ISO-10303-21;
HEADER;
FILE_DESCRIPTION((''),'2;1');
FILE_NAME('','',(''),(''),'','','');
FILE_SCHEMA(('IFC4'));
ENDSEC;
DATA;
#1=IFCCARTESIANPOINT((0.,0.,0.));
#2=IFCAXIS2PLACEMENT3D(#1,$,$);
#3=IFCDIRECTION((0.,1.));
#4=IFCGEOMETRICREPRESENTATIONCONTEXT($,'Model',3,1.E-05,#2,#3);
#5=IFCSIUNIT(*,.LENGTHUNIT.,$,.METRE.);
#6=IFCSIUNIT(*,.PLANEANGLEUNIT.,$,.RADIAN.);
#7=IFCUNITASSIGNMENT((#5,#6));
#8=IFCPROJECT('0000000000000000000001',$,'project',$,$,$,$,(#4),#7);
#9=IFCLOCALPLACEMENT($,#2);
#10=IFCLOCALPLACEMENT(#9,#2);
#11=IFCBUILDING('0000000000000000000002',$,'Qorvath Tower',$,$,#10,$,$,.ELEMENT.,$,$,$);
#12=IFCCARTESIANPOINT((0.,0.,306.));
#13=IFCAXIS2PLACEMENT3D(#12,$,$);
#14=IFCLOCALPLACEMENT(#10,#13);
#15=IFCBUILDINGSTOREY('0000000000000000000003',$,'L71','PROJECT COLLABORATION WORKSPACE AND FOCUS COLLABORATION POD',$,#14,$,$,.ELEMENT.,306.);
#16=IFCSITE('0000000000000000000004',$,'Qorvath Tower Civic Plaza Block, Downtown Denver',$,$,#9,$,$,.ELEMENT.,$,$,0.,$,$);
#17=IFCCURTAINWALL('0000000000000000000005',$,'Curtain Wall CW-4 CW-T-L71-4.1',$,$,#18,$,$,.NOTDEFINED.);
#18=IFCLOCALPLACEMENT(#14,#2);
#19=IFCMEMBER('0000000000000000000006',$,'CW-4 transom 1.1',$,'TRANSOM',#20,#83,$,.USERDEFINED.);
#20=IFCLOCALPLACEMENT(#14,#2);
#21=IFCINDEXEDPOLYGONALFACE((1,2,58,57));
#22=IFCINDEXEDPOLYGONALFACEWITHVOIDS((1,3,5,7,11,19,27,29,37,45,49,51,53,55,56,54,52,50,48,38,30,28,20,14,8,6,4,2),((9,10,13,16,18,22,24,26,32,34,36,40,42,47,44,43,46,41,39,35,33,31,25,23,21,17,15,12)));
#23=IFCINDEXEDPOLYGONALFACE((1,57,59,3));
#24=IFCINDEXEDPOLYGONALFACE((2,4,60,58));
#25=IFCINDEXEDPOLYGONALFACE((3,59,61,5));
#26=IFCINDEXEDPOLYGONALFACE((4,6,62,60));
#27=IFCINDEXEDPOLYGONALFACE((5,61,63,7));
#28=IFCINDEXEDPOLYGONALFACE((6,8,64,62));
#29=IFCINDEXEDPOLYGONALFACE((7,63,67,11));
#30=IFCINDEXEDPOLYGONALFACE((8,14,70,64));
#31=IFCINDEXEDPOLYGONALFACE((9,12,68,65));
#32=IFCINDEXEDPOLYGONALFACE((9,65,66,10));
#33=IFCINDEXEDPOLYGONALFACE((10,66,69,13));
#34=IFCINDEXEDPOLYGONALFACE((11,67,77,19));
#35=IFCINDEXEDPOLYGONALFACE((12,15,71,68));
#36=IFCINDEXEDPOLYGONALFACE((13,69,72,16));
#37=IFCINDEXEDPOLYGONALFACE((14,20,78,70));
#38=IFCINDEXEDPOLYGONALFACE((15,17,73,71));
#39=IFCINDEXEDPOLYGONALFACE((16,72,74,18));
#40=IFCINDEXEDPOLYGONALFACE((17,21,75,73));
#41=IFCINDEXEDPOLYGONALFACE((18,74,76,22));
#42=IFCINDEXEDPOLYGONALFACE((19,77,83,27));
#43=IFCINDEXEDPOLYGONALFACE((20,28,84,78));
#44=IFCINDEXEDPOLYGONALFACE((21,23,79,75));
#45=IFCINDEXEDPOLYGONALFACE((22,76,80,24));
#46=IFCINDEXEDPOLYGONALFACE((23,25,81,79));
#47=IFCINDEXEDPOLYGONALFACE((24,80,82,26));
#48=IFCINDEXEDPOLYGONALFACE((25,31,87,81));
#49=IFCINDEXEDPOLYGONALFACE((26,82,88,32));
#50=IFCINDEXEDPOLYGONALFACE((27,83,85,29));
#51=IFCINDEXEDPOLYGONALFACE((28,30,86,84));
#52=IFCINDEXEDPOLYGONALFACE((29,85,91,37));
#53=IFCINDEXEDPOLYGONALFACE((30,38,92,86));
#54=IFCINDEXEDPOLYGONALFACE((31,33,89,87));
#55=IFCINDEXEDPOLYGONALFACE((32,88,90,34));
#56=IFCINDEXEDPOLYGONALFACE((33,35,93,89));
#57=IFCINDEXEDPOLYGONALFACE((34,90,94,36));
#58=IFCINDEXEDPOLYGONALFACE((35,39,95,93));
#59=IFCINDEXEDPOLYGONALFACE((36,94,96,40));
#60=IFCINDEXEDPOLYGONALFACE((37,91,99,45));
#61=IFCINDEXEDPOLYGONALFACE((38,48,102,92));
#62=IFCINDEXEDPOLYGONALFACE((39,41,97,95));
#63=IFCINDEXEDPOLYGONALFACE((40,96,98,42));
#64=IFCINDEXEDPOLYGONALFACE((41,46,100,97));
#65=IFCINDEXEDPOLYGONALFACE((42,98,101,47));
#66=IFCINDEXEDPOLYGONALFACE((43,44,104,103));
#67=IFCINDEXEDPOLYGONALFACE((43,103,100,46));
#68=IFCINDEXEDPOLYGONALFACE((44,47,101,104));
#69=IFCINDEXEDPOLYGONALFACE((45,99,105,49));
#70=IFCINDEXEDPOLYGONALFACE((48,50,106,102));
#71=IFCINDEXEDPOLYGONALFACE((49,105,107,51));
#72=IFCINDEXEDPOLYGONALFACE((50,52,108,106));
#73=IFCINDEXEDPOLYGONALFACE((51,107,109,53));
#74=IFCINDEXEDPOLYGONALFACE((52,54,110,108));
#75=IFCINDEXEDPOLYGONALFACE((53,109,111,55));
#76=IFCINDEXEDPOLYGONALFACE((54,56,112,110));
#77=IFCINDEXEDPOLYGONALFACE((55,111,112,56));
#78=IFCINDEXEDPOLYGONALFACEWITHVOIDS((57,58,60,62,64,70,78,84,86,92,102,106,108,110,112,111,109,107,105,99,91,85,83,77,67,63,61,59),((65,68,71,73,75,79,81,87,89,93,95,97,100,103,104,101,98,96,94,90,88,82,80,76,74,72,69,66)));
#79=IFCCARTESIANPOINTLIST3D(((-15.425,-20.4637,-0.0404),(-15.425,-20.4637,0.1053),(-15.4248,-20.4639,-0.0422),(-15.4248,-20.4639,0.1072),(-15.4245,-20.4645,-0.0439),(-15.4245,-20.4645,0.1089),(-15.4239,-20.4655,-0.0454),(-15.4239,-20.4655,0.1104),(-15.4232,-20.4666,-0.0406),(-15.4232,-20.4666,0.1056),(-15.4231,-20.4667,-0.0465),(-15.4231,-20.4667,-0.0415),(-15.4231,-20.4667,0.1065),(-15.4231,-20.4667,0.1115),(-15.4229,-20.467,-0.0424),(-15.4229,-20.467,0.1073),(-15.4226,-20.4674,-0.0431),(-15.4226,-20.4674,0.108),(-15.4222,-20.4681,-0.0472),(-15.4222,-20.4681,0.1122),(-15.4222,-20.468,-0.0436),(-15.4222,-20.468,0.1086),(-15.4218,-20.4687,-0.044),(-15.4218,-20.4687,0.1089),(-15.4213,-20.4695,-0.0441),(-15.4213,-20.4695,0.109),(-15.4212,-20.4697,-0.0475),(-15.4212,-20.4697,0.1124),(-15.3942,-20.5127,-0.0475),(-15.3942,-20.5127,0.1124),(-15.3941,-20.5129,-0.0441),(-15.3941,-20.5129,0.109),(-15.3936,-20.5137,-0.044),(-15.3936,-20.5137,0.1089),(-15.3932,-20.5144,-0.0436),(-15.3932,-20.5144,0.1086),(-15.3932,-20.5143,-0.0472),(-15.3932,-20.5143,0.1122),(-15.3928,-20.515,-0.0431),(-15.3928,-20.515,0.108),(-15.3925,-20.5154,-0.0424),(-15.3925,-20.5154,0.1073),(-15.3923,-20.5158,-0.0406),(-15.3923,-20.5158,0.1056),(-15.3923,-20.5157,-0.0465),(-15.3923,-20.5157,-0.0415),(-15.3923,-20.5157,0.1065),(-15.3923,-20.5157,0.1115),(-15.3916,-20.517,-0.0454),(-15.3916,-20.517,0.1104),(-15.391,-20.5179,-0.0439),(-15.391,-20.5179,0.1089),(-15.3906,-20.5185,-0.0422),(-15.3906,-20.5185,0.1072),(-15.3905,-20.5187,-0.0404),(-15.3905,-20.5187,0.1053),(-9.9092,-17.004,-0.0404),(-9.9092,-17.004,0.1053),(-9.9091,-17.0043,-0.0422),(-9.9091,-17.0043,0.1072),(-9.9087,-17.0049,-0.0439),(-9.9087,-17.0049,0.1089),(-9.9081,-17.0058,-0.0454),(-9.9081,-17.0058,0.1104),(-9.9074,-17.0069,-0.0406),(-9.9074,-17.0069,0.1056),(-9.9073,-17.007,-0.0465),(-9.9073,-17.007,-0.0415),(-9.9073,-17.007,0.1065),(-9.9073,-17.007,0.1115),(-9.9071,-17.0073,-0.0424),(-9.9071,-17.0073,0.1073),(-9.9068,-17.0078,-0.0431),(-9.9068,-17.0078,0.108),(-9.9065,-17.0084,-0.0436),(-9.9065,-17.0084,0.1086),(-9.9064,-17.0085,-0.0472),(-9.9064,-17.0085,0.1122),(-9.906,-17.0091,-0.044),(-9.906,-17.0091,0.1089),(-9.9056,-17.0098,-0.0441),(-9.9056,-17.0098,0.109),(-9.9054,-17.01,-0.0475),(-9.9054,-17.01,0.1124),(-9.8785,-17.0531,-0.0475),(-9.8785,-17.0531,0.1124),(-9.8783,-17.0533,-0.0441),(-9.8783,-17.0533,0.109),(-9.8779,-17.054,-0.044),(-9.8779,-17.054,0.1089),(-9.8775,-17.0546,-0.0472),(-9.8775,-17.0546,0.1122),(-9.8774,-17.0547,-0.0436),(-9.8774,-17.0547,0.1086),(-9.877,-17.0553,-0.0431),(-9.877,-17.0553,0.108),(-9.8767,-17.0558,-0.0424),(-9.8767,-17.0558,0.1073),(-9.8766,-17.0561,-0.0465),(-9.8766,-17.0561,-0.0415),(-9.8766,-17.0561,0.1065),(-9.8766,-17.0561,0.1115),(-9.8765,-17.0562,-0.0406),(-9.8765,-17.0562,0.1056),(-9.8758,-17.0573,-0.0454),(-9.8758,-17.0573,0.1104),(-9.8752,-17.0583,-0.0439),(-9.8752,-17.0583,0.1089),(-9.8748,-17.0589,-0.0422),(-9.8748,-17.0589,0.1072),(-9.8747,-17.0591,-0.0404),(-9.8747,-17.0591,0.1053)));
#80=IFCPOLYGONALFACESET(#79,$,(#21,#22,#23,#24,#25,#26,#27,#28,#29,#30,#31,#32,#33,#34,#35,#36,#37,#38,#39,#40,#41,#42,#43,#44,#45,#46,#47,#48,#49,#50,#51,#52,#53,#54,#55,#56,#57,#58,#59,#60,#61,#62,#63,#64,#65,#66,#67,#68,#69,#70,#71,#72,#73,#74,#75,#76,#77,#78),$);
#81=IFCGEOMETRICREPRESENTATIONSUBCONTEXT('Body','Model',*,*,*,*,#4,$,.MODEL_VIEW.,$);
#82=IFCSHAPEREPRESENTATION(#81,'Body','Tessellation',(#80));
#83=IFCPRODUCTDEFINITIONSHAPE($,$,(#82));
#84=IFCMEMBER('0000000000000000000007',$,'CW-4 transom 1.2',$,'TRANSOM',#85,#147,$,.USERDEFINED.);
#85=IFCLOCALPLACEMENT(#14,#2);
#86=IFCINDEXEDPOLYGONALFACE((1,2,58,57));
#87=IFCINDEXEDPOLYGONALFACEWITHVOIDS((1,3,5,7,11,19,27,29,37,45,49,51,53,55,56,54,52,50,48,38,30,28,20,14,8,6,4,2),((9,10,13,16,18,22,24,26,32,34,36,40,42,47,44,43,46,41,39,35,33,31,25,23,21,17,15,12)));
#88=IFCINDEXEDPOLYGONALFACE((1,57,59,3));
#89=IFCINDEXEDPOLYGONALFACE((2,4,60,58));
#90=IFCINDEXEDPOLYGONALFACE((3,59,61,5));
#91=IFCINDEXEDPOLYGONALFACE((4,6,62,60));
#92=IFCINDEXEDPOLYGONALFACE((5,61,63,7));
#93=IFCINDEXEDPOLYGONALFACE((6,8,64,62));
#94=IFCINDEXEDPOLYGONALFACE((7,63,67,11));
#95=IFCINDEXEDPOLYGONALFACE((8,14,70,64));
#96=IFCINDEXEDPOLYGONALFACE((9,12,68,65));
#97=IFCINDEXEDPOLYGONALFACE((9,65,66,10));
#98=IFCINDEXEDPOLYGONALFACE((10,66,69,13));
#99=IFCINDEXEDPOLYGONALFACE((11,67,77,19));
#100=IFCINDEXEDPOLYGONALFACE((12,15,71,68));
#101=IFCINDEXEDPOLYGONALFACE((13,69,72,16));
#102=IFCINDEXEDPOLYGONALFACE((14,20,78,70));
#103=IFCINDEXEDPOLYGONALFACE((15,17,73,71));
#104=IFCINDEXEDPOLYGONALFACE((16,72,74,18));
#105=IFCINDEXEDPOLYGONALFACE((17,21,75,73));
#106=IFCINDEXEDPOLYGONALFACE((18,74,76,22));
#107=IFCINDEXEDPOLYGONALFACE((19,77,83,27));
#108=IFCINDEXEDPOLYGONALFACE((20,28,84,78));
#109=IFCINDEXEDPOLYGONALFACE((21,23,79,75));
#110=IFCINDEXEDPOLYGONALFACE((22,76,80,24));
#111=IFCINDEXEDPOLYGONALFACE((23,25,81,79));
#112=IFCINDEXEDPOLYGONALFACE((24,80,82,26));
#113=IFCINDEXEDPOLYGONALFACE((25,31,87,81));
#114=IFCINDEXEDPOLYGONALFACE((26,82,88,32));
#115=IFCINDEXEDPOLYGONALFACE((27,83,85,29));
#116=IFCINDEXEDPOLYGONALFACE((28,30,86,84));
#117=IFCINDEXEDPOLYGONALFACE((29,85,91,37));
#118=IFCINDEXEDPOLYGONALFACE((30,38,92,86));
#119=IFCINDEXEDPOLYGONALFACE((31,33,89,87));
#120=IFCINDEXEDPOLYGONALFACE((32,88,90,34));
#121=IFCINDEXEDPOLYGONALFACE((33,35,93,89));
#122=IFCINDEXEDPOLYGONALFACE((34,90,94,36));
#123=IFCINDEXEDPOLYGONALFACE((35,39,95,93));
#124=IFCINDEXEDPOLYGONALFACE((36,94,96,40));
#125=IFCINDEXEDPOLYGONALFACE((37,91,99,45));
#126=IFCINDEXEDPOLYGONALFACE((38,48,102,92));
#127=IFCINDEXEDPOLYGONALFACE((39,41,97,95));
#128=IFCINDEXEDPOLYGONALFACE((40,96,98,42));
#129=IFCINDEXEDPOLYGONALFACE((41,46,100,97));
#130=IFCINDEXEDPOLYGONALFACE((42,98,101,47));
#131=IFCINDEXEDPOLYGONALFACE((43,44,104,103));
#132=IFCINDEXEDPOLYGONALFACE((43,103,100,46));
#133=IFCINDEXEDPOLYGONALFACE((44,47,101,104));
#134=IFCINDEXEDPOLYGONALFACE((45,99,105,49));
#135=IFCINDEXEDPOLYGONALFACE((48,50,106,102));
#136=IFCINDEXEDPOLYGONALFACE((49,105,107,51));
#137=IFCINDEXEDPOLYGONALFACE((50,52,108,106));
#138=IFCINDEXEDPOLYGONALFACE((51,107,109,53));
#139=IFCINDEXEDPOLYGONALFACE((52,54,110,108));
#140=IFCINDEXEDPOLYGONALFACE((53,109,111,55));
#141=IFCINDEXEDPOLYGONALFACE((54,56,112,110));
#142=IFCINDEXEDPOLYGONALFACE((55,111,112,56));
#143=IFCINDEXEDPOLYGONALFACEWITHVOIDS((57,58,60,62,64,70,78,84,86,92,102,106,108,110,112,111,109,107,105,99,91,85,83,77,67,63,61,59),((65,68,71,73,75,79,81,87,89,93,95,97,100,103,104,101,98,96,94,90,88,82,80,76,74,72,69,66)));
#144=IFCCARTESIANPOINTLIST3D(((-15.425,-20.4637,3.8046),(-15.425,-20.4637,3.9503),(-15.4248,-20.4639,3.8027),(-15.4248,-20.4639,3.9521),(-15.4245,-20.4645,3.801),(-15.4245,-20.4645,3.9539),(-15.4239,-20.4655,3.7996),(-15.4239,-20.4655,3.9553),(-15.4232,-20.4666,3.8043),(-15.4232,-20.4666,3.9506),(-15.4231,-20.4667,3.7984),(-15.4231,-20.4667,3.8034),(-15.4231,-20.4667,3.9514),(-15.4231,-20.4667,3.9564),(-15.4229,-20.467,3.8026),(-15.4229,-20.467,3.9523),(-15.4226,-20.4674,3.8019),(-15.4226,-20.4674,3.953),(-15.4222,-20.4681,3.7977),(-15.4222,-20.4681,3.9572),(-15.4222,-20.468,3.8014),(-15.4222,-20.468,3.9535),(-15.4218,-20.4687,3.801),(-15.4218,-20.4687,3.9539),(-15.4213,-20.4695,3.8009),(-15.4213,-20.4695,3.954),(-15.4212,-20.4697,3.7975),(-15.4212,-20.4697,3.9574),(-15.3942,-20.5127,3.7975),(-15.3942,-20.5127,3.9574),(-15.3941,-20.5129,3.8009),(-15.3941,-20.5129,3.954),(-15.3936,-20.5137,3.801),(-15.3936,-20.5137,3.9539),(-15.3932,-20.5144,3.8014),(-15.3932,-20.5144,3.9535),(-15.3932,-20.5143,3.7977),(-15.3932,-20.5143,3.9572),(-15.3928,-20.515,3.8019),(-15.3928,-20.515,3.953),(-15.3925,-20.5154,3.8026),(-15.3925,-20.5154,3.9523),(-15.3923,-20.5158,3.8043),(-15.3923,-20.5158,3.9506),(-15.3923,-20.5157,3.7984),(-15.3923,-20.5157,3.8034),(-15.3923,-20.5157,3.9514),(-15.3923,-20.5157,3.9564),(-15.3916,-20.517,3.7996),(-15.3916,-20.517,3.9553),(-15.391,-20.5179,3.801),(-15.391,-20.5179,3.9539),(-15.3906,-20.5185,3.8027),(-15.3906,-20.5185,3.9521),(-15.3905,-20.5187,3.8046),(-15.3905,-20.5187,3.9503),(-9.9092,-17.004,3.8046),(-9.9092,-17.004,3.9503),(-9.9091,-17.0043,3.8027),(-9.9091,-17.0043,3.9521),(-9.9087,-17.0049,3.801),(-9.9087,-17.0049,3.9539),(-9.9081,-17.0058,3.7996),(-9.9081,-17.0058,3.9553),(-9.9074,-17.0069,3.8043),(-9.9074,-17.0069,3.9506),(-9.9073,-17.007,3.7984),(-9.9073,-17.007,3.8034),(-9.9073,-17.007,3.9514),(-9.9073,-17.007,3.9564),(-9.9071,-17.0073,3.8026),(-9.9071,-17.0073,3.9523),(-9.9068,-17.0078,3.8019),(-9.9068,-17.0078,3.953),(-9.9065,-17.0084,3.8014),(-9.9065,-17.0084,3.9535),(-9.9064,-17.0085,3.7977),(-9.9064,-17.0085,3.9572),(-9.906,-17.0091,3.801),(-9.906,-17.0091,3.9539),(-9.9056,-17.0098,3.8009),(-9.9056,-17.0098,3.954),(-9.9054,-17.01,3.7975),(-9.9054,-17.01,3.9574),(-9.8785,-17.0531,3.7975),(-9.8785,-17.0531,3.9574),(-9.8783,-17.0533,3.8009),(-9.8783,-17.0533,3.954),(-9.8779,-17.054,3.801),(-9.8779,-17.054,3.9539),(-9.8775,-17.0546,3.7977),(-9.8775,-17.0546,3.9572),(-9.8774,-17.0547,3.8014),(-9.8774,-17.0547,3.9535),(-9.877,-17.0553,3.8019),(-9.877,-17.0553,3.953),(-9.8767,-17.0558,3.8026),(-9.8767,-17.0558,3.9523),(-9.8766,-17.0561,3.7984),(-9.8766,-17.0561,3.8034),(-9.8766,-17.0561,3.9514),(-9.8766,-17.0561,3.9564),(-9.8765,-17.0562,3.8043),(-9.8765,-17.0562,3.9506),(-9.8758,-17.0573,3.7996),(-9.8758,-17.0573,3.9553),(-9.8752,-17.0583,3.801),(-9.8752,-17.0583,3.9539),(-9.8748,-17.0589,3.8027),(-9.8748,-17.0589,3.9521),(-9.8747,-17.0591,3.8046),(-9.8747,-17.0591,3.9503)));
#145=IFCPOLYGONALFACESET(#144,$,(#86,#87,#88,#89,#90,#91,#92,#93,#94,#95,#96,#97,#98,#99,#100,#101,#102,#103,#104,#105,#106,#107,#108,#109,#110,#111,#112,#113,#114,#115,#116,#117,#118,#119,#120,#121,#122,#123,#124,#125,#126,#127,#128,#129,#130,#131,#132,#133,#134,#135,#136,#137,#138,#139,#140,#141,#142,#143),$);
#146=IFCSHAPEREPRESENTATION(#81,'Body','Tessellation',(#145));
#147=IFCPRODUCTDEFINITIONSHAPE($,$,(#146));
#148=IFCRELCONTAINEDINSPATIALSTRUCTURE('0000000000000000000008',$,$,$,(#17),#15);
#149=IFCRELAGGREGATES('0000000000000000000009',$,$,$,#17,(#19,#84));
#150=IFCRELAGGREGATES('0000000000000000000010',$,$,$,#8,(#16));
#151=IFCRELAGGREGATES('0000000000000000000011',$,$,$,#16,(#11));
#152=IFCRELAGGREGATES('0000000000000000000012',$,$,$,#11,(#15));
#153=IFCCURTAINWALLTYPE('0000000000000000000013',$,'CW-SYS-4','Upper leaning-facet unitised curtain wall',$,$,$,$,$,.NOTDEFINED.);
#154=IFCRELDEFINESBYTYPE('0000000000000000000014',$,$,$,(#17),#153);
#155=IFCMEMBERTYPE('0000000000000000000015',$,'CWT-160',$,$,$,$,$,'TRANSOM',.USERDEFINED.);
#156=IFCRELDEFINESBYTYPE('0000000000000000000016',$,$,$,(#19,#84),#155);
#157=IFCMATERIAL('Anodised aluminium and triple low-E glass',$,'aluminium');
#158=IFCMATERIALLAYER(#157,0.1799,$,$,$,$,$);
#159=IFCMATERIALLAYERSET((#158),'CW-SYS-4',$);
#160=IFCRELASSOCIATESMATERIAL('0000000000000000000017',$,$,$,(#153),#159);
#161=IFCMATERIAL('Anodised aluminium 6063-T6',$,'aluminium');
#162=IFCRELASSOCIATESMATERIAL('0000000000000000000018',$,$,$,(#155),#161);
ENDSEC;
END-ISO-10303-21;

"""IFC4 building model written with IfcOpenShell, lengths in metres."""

from ifc_helpers import new_model, si_unit, direction, frame, origin, origin_2d, place, context, subcontext, project, spatial, hollow_rectangle, extrude, material, layer, layer_set, material_profile, profile_set, type_object, element, aggregate, save


model = new_model("IFC4")

# Units and contexts
model_context = context("Model", 3, precision=1e-05, world=origin(), true_north=direction((0.0, 1.0)))
body_context = subcontext(model_context, "Body", "Model", "MODEL_VIEW")
ifc_project = project(units=[si_unit("LENGTHUNIT", "METRE"), si_unit("PLANEANGLEUNIT", "RADIAN")], contexts=[model_context])

# Site, building, storey
site_placement = place(None, origin())
site = spatial("IfcSite", under=ifc_project, at=site_placement, Name="Qorvath Tower Civic Plaza Block, Downtown Denver", CompositionType="ELEMENT", RefElevation=0.0)
building_placement = place(site_placement, origin())
building = spatial("IfcBuilding", under=site, at=building_placement, Name="Qorvath Tower", CompositionType="ELEMENT")
storey_placement = place(building_placement, frame((0.0, 0.0, 306.0)))
storey = spatial("IfcBuildingStorey", under=building, at=storey_placement, Name="L71", Description="PROJECT COLLABORATION WORKSPACE AND FOCUS COLLABORATION POD", CompositionType="ELEMENT", Elevation=306.0)

# Shared definitions
ifc_material_1 = material(Name="Anodised aluminium and triple low-E glass", Category="aluminium")
ifc_layer_1 = layer(ifc_material_1, 0.1799)
ifc_layer_set_1 = layer_set([ifc_layer_1], Name="CW-SYS-4")
curtain_wall_type = type_object("IfcCurtainWallType", Name="CW-SYS-4", Description="Upper leaning-facet unitised curtain wall", PredefinedType="NOTDEFINED", material=ifc_layer_set_1)

# Curtain wall
curtain_wall_1_placement = place(storey_placement, origin())
curtain_wall_1 = element("IfcCurtainWall", 1, at=curtain_wall_1_placement, inside=storey, type_object=curtain_wall_type, Name="Curtain Wall CW-4 CW-T-L71-4.1", PredefinedType="NOTDEFINED")

# Members
ifc_material_2 = material(Name="Anodised aluminium 6063-T6", Category="aluminium")
ifc_material_profile_1 = material_profile(ifc_material_2, hollow_rectangle(XDim=0.0649, YDim=0.1599, WallThickness=0.0034, InnerFilletRadius=0.0034, OuterFilletRadius=0.0071, at=origin_2d()), Name="CWT 160x65")
ifc_profile_set_1 = profile_set([ifc_material_profile_1], Name="Anodised aluminium 6063-T6")
member_type_1 = type_object("IfcMemberType", Name="CWT-160", ElementType="TRANSOM", PredefinedType="USERDEFINED", material=ifc_profile_set_1)
member_1_placement = place(storey_placement, frame((-15.4077, -20.4912, 0.0325), z_axis=(0.847148, 0.531357, 0.0), x_axis=(-0.531357, 0.847148, 0.0)))
member_1 = element("IfcMember", 2, at=member_1_placement, type_object=member_type_1, Name="CW-4 transom 1.1", ObjectType="TRANSOM", PredefinedType="USERDEFINED", context=body_context, shape_type="SweptSolid", body=[
    extrude(hollow_rectangle(XDim=0.0649, YDim=0.1599, WallThickness=0.0034, InnerFilletRadius=0.0034, OuterFilletRadius=0.0071, at=origin_2d()), origin(), (0.0, 0.0, 1.0), 6.511),
])
member_2_placement = place(storey_placement, frame((-15.4077, -20.4912, 3.8774), z_axis=(0.847148, 0.531357, 0.0), x_axis=(-0.531357, 0.847148, 0.0)))
member_2 = element("IfcMember", 3, at=member_2_placement, type_object=member_type_1, Name="CW-4 transom 1.2", ObjectType="TRANSOM", PredefinedType="USERDEFINED", context=body_context, shape_type="SweptSolid", body=[
    extrude(hollow_rectangle(XDim=0.0649, YDim=0.1599, WallThickness=0.0034, InnerFilletRadius=0.0034, OuterFilletRadius=0.0071, at=origin_2d()), origin(), (0.0, 0.0, 1.0), 6.511),
])

aggregate(curtain_wall_1, [member_1, member_2])

save(model, "model.ifc")
